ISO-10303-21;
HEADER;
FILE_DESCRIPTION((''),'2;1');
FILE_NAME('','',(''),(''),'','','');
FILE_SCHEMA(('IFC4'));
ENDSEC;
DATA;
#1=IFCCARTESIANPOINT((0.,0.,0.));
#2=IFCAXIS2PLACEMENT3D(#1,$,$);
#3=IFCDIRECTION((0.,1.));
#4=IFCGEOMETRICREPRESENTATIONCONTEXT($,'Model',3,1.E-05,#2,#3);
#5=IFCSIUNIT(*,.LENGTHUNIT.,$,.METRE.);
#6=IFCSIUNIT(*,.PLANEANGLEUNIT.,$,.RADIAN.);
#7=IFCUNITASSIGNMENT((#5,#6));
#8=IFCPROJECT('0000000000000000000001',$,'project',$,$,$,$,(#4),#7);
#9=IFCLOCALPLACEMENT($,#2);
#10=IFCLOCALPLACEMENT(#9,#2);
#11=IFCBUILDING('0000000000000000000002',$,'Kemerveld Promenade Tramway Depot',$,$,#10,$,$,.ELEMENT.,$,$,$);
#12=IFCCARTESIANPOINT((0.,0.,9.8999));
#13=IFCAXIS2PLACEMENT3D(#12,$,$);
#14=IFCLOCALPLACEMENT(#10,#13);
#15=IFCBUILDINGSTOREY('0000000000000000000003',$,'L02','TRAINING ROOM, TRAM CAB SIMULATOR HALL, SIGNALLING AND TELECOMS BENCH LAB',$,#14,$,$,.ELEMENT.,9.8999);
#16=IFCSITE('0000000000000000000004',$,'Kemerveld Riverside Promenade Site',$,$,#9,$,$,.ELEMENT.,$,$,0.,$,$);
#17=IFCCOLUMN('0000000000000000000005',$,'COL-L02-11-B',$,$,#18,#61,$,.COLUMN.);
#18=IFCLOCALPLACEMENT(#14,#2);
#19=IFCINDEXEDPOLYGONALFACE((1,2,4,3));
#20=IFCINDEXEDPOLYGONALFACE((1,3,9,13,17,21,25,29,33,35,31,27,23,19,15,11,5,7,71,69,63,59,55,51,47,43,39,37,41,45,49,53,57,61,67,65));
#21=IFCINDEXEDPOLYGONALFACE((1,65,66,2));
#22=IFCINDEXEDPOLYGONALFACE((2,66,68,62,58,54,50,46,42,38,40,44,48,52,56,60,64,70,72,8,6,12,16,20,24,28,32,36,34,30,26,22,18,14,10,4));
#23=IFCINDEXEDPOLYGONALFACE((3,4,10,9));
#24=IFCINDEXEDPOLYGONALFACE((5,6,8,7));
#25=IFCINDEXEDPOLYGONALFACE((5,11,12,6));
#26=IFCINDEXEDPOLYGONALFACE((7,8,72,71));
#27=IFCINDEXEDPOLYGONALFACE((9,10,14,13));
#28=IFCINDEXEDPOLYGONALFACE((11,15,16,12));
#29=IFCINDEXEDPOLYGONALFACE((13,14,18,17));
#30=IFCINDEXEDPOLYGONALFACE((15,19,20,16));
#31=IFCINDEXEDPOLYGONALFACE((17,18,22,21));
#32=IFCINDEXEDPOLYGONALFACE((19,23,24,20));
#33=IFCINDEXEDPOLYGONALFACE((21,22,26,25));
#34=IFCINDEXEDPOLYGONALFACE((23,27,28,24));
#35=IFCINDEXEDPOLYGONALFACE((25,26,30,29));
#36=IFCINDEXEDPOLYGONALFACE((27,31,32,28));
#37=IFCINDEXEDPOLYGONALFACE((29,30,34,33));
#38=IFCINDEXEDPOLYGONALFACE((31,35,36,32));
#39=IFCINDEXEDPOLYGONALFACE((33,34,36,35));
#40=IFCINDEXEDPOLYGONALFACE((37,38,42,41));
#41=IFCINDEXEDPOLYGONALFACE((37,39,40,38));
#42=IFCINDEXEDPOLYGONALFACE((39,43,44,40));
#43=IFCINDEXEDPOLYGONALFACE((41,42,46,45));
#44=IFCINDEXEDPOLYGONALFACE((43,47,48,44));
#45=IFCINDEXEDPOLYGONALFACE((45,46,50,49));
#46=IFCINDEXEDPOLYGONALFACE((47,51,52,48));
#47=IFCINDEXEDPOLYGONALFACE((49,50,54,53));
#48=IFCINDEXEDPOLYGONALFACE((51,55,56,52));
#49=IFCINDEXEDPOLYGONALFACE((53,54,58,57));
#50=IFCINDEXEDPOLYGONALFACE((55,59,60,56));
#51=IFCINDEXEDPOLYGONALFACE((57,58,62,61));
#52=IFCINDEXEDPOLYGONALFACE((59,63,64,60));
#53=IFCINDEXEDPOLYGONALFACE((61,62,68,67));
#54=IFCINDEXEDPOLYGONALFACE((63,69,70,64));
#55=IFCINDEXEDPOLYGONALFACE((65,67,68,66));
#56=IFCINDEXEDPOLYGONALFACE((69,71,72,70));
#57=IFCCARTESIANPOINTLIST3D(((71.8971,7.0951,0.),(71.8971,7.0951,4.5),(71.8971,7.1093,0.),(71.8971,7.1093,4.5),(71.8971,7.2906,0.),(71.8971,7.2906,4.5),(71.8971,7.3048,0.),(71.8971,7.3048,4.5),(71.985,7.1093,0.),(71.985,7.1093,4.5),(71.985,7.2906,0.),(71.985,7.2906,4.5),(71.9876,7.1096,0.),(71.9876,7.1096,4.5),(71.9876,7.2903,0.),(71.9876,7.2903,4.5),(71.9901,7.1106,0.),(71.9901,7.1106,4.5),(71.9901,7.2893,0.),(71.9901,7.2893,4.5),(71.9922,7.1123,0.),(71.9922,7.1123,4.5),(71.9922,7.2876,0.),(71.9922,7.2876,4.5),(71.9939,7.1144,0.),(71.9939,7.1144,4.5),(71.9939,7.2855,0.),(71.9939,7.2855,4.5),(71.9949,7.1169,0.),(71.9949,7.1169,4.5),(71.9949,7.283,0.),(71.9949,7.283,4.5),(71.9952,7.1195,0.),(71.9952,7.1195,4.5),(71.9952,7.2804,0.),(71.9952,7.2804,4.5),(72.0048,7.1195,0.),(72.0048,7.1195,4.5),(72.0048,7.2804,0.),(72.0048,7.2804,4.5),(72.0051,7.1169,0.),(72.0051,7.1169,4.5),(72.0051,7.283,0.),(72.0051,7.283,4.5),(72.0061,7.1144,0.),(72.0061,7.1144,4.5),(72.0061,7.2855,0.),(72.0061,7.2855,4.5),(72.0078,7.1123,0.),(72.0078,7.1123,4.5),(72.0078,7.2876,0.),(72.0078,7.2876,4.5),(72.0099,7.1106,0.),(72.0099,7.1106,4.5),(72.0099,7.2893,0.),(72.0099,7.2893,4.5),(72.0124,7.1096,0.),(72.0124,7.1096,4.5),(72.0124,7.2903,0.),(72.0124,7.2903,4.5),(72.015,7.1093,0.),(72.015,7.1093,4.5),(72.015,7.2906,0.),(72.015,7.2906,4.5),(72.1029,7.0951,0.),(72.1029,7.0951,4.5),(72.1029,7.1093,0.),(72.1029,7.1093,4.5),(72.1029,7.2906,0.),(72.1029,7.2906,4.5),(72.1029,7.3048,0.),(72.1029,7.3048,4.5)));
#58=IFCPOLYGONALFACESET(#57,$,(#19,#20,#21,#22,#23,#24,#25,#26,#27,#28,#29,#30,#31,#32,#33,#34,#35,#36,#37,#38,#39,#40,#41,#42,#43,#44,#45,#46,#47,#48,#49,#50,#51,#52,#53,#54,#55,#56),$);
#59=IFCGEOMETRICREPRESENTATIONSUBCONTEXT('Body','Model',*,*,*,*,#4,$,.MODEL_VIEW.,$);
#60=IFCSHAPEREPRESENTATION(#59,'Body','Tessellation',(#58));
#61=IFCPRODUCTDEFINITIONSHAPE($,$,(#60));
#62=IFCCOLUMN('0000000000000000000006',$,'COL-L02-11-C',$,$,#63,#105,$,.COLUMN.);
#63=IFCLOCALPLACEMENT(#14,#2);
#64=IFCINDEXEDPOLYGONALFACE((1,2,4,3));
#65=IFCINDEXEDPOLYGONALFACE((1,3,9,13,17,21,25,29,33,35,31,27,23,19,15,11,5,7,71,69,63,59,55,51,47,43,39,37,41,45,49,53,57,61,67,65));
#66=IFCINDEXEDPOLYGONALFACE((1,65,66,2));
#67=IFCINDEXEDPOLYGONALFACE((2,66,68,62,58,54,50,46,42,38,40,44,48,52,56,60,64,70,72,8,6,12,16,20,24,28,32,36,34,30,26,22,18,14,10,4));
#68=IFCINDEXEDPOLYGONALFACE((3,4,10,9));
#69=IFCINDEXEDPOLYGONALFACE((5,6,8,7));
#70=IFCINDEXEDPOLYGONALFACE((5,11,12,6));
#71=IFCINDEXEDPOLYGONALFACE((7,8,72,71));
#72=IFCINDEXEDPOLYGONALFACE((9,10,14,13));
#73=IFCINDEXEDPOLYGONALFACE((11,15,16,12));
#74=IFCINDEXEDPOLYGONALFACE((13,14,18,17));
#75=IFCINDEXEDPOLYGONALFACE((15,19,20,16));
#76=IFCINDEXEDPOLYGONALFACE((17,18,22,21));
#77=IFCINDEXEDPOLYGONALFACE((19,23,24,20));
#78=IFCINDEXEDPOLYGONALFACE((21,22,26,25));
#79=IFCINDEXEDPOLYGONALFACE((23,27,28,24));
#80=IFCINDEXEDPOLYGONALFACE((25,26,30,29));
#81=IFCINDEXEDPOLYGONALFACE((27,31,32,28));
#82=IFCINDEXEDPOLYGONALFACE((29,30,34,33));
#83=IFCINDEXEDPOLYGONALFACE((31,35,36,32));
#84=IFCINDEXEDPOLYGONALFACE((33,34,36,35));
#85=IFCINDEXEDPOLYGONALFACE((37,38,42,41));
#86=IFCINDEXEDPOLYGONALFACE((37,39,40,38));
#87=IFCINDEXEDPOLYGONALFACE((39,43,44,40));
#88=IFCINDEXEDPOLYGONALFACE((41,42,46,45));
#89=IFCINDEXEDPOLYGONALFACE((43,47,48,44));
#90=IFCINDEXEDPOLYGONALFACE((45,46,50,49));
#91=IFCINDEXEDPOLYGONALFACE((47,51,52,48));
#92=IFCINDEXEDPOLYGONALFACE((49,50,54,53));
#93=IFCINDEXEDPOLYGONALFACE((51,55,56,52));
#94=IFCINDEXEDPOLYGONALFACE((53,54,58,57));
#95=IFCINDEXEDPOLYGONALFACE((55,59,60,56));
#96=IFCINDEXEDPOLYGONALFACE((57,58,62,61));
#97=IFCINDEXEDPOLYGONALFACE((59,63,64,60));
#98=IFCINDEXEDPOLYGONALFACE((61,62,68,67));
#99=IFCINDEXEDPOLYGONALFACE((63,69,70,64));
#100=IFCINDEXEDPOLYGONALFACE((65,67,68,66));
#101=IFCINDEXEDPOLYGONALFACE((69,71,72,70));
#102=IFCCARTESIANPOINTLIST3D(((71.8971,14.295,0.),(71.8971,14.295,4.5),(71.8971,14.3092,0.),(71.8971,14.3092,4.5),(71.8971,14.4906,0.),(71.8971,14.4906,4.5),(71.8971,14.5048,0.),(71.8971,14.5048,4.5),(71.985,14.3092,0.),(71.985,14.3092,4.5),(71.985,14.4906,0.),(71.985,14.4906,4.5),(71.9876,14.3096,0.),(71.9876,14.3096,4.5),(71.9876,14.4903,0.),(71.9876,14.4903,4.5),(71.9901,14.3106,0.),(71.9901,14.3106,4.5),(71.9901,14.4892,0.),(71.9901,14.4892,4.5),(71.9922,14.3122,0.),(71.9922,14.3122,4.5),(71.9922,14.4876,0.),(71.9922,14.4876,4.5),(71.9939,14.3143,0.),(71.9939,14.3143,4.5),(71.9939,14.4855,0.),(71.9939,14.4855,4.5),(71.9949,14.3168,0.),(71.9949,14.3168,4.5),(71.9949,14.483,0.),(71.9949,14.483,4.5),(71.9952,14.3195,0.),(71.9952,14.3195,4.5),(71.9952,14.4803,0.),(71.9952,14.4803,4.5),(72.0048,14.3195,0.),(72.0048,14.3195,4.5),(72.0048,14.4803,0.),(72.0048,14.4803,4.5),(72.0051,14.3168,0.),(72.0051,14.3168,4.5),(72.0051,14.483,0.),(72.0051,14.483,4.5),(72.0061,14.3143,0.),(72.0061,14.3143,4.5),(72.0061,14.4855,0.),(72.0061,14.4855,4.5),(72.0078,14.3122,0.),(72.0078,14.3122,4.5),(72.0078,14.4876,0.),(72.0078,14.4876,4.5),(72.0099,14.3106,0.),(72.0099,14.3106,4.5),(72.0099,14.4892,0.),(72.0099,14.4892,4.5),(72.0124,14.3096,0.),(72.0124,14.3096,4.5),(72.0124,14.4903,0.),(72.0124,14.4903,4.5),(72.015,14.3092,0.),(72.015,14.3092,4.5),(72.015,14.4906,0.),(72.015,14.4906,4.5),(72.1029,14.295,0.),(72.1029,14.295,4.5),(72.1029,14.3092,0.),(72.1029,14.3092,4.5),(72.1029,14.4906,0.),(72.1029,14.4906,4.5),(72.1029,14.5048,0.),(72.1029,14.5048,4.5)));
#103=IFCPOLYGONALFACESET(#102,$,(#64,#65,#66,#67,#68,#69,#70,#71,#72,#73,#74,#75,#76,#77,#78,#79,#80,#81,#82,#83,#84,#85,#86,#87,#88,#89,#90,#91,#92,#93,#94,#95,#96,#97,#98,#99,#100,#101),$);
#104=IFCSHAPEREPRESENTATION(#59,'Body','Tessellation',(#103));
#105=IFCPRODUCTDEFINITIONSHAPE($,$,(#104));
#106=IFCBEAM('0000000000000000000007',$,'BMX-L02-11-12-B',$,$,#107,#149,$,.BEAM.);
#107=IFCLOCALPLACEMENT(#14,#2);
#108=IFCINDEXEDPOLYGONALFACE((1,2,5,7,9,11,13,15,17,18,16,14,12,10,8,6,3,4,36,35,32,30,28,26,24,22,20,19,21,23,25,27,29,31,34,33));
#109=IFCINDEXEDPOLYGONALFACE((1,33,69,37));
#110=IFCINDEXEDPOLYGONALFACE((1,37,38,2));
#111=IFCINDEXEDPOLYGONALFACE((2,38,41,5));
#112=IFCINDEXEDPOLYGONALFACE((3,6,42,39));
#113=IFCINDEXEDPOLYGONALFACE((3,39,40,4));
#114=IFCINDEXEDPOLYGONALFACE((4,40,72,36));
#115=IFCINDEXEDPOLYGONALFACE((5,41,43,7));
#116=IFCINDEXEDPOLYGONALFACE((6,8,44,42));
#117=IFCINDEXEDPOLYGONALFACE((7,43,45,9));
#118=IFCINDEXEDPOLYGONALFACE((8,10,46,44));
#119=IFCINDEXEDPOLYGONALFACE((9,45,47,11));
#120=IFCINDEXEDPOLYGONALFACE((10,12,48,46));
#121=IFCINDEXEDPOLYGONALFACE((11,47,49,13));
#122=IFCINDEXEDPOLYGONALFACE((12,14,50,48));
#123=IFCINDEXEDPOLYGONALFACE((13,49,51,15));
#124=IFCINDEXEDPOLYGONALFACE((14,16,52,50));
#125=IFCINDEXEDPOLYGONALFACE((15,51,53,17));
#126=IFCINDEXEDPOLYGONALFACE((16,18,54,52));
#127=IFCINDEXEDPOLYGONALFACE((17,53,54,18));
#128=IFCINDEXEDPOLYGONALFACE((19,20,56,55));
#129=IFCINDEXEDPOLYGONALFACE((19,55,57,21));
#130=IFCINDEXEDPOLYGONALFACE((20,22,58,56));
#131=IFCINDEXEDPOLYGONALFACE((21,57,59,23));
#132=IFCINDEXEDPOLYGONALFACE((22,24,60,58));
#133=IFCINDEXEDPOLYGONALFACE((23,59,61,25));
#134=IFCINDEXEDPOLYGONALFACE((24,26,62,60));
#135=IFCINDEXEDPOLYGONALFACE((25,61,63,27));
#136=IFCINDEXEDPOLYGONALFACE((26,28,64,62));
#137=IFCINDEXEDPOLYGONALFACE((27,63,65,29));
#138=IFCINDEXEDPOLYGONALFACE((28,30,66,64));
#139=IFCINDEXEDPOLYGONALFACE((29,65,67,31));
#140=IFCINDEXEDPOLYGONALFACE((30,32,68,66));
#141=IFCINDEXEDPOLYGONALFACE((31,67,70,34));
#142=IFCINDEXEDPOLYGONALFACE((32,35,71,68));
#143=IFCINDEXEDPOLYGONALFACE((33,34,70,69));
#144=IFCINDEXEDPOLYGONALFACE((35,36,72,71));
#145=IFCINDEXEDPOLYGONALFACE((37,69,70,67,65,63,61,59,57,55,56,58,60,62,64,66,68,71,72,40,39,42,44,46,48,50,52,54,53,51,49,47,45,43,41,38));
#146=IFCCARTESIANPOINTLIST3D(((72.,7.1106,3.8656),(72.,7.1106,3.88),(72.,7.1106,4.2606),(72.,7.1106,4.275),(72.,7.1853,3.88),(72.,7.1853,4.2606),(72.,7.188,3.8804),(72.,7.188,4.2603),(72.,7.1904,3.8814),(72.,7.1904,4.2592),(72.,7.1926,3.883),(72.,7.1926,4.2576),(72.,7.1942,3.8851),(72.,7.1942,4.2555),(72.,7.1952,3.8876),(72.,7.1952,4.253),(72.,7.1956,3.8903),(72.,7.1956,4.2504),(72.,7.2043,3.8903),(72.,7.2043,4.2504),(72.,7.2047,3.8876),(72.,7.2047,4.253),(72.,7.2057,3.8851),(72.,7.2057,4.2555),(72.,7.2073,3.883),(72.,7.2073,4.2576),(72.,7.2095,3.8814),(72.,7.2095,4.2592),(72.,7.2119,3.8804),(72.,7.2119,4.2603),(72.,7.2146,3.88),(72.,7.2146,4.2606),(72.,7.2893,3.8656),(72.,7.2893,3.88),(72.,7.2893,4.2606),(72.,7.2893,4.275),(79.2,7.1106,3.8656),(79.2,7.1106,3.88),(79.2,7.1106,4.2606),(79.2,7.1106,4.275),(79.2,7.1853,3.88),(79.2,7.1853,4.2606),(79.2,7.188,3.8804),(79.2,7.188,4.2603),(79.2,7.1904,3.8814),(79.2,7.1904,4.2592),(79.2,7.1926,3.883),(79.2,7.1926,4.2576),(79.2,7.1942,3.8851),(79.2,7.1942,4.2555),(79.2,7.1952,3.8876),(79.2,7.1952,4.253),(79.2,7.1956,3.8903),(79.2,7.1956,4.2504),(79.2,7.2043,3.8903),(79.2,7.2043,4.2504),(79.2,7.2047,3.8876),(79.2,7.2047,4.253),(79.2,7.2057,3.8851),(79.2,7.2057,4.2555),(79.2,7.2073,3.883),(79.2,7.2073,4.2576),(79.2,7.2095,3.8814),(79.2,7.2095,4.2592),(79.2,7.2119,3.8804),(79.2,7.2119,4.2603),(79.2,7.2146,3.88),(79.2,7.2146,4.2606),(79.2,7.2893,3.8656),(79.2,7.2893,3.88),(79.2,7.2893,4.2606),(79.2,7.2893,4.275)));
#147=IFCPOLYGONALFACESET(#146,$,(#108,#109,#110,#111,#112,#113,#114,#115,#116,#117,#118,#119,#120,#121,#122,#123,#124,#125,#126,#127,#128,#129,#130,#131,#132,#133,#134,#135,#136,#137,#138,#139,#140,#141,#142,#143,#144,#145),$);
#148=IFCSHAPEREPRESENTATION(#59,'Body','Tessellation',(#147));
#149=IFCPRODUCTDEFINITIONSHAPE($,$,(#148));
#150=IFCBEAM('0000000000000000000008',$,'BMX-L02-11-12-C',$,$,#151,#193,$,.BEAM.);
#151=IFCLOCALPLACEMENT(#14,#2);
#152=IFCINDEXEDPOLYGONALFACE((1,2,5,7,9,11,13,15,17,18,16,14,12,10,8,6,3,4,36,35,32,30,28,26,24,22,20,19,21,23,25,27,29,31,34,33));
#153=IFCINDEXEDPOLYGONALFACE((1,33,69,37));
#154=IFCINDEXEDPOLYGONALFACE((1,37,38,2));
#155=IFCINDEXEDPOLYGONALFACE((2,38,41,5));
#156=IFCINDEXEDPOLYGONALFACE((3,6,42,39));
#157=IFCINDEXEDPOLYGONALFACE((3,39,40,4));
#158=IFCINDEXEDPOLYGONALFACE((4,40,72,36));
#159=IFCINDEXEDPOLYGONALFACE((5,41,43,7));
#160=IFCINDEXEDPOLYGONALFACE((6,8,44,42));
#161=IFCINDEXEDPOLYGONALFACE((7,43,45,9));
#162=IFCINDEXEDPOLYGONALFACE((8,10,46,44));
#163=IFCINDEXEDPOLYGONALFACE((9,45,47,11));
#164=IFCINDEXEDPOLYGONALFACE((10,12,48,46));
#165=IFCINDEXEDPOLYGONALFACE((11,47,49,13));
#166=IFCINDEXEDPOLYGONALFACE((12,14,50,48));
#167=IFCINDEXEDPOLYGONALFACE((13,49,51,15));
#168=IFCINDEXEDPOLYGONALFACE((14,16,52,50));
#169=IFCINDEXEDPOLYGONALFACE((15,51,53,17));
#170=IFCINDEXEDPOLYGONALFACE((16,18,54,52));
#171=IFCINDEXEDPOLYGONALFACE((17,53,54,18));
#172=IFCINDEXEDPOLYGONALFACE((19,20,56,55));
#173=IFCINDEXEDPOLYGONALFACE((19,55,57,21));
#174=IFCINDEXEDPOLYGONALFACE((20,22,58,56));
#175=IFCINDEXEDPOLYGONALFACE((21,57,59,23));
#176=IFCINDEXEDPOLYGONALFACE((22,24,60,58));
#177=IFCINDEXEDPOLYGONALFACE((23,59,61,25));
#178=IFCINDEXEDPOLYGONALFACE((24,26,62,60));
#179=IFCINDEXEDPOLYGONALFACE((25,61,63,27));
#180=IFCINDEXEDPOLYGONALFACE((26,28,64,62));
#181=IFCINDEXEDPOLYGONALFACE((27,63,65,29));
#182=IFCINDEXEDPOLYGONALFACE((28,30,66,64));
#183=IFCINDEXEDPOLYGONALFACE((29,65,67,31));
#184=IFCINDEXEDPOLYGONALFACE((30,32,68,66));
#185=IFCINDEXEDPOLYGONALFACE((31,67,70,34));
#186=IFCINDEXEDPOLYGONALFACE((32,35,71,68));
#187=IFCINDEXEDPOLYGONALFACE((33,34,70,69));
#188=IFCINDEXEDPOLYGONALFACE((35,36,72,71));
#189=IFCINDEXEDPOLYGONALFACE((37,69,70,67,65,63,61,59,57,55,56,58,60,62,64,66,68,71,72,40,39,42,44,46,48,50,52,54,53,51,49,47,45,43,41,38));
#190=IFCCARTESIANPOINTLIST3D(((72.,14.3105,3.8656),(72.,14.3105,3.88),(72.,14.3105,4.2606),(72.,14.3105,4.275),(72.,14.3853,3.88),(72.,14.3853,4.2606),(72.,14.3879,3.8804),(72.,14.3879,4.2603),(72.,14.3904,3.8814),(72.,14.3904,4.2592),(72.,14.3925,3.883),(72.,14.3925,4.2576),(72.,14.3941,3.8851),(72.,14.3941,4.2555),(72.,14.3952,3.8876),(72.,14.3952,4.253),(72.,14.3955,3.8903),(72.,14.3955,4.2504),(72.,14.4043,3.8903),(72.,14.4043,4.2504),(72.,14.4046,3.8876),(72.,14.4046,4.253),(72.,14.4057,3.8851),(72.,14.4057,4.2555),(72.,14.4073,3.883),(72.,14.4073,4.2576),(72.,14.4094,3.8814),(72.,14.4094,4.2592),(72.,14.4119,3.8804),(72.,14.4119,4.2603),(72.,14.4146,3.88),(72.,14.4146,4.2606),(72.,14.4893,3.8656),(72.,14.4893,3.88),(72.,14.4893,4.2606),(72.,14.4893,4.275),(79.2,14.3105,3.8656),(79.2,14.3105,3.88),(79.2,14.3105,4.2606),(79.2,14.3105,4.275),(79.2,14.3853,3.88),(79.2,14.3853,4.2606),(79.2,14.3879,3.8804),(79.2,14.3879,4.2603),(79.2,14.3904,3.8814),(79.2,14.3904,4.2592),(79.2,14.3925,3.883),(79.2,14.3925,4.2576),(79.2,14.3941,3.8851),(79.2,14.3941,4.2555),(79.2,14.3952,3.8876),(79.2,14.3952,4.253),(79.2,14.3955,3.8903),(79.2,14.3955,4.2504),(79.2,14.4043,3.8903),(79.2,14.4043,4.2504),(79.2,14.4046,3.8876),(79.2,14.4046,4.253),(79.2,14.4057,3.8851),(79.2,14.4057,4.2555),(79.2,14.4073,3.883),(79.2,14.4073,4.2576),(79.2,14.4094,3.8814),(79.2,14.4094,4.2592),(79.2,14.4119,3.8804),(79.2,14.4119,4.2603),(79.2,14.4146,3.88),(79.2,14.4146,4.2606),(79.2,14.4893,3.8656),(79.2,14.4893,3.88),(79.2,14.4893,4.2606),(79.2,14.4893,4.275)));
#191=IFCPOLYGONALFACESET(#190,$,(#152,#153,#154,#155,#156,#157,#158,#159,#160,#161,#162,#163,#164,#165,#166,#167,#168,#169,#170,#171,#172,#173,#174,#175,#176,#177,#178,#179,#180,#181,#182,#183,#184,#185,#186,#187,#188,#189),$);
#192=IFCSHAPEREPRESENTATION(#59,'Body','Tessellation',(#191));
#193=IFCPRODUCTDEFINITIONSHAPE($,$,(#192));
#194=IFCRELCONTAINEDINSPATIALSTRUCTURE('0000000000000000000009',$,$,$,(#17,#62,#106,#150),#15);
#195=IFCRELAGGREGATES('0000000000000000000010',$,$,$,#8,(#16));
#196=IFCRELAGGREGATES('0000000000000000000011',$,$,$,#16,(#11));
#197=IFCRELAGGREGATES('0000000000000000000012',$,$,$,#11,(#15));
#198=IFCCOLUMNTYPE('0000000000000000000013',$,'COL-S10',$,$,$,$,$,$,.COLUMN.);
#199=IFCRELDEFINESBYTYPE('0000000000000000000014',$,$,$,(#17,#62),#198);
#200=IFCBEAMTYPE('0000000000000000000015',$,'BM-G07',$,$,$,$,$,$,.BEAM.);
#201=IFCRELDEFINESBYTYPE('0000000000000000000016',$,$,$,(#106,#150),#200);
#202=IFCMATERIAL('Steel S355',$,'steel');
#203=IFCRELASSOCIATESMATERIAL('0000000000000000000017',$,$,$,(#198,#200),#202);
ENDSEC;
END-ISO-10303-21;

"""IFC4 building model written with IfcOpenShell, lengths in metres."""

from ifc_helpers import new_model, si_unit, direction, frame, origin, origin_2d, place, context, subcontext, project, spatial, i_section, extrude, material, material_profile, profile_set, type_object, element, save


model = new_model("IFC4")

# Units and contexts
model_context = context("Model", 3, precision=1e-05, world=origin(), true_north=direction((0.0, 1.0)))
body_context = subcontext(model_context, "Body", "Model", "MODEL_VIEW")
ifc_project = project(units=[si_unit("LENGTHUNIT", "METRE"), si_unit("PLANEANGLEUNIT", "RADIAN")], contexts=[model_context])

# Site, building, storey
site_placement = place(None, origin())
site = spatial("IfcSite", under=ifc_project, at=site_placement, Name="Kemerveld Riverside Promenade Site", CompositionType="ELEMENT", RefElevation=0.0)
building_placement = place(site_placement, origin())
building = spatial("IfcBuilding", under=site, at=building_placement, Name="Kemerveld Promenade Tramway Depot", CompositionType="ELEMENT")
storey_placement = place(building_placement, frame((0.0, 0.0, 9.8999)))
storey = spatial("IfcBuildingStorey", under=building, at=storey_placement, Name="L02", Description="TRAINING ROOM, TRAM CAB SIMULATOR HALL, SIGNALLING AND TELECOMS BENCH LAB", CompositionType="ELEMENT", Elevation=9.8999)

# Columns
ifc_material_1 = material(Name="Steel S355", Category="steel")
ifc_material_profile_1 = material_profile(ifc_material_1, i_section(OverallWidth=0.2058, OverallDepth=0.2097, WebThickness=0.0095, FlangeThickness=0.0142, FilletRadius=0.0103, at=origin_2d()), Name="203x203x60 UC")
ifc_profile_set_1 = profile_set([ifc_material_profile_1], Name="Steel S355")
column_type = type_object("IfcColumnType", Name="COL-S10", PredefinedType="COLUMN", material=ifc_profile_set_1)
for number, where, z_axis, x_axis, name in (
    (1, (72.0, 7.2, 0.0), (0.0, 0.0, 1.0), (1.0, 0.0, 0.0), "COL-L02-11-B"),
    (2, (72.0, 14.3999, 0.0), (0.0, 0.0, 1.0), (1.0, 0.0, 0.0), "COL-L02-11-C"),
):
    element("IfcColumn", number, at=place(storey_placement, frame(where, z_axis=z_axis, x_axis=x_axis)), inside=storey, type_object=column_type, Name=name, PredefinedType="COLUMN", context=body_context, shape_type="SweptSolid", body=[
        extrude(i_section(OverallWidth=0.2058, OverallDepth=0.2097, WebThickness=0.0095, FlangeThickness=0.0142, FilletRadius=0.0103, at=origin_2d()), origin(), (0.0, 0.0, 1.0), 4.5),
    ])

# Beams
ifc_material_profile_2 = material_profile(ifc_material_1, i_section(OverallWidth=0.1787, OverallDepth=0.4094, WebThickness=0.0088, FlangeThickness=0.0144, FilletRadius=0.0103, at=origin_2d()), Name="406x178x67 UB")
ifc_profile_set_2 = profile_set([ifc_material_profile_2], Name="Steel S355")
beam_type_1 = type_object("IfcBeamType", Name="BM-G07", PredefinedType="BEAM", material=ifc_profile_set_2)
for number, where, z_axis, x_axis, name in (
    (3, (72.0, 7.2, 4.0703), (1.0, 0.0, 0.0), (0.0, 1.0, 0.0), "BMX-L02-11-12-B"),
    (4, (72.0, 14.3999, 4.0703), (1.0, 0.0, 0.0), (0.0, 1.0, 0.0), "BMX-L02-11-12-C"),
):
    element("IfcBeam", number, at=place(storey_placement, frame(where, z_axis=z_axis, x_axis=x_axis)), inside=storey, type_object=beam_type_1, Name=name, PredefinedType="BEAM", context=body_context, shape_type="SweptSolid", body=[
        extrude(i_section(OverallWidth=0.1787, OverallDepth=0.4094, WebThickness=0.0088, FlangeThickness=0.0144, FilletRadius=0.0103, at=origin_2d()), origin(), (0.0, 0.0, 1.0), 7.2),
    ])

save(model, "model.ifc")
